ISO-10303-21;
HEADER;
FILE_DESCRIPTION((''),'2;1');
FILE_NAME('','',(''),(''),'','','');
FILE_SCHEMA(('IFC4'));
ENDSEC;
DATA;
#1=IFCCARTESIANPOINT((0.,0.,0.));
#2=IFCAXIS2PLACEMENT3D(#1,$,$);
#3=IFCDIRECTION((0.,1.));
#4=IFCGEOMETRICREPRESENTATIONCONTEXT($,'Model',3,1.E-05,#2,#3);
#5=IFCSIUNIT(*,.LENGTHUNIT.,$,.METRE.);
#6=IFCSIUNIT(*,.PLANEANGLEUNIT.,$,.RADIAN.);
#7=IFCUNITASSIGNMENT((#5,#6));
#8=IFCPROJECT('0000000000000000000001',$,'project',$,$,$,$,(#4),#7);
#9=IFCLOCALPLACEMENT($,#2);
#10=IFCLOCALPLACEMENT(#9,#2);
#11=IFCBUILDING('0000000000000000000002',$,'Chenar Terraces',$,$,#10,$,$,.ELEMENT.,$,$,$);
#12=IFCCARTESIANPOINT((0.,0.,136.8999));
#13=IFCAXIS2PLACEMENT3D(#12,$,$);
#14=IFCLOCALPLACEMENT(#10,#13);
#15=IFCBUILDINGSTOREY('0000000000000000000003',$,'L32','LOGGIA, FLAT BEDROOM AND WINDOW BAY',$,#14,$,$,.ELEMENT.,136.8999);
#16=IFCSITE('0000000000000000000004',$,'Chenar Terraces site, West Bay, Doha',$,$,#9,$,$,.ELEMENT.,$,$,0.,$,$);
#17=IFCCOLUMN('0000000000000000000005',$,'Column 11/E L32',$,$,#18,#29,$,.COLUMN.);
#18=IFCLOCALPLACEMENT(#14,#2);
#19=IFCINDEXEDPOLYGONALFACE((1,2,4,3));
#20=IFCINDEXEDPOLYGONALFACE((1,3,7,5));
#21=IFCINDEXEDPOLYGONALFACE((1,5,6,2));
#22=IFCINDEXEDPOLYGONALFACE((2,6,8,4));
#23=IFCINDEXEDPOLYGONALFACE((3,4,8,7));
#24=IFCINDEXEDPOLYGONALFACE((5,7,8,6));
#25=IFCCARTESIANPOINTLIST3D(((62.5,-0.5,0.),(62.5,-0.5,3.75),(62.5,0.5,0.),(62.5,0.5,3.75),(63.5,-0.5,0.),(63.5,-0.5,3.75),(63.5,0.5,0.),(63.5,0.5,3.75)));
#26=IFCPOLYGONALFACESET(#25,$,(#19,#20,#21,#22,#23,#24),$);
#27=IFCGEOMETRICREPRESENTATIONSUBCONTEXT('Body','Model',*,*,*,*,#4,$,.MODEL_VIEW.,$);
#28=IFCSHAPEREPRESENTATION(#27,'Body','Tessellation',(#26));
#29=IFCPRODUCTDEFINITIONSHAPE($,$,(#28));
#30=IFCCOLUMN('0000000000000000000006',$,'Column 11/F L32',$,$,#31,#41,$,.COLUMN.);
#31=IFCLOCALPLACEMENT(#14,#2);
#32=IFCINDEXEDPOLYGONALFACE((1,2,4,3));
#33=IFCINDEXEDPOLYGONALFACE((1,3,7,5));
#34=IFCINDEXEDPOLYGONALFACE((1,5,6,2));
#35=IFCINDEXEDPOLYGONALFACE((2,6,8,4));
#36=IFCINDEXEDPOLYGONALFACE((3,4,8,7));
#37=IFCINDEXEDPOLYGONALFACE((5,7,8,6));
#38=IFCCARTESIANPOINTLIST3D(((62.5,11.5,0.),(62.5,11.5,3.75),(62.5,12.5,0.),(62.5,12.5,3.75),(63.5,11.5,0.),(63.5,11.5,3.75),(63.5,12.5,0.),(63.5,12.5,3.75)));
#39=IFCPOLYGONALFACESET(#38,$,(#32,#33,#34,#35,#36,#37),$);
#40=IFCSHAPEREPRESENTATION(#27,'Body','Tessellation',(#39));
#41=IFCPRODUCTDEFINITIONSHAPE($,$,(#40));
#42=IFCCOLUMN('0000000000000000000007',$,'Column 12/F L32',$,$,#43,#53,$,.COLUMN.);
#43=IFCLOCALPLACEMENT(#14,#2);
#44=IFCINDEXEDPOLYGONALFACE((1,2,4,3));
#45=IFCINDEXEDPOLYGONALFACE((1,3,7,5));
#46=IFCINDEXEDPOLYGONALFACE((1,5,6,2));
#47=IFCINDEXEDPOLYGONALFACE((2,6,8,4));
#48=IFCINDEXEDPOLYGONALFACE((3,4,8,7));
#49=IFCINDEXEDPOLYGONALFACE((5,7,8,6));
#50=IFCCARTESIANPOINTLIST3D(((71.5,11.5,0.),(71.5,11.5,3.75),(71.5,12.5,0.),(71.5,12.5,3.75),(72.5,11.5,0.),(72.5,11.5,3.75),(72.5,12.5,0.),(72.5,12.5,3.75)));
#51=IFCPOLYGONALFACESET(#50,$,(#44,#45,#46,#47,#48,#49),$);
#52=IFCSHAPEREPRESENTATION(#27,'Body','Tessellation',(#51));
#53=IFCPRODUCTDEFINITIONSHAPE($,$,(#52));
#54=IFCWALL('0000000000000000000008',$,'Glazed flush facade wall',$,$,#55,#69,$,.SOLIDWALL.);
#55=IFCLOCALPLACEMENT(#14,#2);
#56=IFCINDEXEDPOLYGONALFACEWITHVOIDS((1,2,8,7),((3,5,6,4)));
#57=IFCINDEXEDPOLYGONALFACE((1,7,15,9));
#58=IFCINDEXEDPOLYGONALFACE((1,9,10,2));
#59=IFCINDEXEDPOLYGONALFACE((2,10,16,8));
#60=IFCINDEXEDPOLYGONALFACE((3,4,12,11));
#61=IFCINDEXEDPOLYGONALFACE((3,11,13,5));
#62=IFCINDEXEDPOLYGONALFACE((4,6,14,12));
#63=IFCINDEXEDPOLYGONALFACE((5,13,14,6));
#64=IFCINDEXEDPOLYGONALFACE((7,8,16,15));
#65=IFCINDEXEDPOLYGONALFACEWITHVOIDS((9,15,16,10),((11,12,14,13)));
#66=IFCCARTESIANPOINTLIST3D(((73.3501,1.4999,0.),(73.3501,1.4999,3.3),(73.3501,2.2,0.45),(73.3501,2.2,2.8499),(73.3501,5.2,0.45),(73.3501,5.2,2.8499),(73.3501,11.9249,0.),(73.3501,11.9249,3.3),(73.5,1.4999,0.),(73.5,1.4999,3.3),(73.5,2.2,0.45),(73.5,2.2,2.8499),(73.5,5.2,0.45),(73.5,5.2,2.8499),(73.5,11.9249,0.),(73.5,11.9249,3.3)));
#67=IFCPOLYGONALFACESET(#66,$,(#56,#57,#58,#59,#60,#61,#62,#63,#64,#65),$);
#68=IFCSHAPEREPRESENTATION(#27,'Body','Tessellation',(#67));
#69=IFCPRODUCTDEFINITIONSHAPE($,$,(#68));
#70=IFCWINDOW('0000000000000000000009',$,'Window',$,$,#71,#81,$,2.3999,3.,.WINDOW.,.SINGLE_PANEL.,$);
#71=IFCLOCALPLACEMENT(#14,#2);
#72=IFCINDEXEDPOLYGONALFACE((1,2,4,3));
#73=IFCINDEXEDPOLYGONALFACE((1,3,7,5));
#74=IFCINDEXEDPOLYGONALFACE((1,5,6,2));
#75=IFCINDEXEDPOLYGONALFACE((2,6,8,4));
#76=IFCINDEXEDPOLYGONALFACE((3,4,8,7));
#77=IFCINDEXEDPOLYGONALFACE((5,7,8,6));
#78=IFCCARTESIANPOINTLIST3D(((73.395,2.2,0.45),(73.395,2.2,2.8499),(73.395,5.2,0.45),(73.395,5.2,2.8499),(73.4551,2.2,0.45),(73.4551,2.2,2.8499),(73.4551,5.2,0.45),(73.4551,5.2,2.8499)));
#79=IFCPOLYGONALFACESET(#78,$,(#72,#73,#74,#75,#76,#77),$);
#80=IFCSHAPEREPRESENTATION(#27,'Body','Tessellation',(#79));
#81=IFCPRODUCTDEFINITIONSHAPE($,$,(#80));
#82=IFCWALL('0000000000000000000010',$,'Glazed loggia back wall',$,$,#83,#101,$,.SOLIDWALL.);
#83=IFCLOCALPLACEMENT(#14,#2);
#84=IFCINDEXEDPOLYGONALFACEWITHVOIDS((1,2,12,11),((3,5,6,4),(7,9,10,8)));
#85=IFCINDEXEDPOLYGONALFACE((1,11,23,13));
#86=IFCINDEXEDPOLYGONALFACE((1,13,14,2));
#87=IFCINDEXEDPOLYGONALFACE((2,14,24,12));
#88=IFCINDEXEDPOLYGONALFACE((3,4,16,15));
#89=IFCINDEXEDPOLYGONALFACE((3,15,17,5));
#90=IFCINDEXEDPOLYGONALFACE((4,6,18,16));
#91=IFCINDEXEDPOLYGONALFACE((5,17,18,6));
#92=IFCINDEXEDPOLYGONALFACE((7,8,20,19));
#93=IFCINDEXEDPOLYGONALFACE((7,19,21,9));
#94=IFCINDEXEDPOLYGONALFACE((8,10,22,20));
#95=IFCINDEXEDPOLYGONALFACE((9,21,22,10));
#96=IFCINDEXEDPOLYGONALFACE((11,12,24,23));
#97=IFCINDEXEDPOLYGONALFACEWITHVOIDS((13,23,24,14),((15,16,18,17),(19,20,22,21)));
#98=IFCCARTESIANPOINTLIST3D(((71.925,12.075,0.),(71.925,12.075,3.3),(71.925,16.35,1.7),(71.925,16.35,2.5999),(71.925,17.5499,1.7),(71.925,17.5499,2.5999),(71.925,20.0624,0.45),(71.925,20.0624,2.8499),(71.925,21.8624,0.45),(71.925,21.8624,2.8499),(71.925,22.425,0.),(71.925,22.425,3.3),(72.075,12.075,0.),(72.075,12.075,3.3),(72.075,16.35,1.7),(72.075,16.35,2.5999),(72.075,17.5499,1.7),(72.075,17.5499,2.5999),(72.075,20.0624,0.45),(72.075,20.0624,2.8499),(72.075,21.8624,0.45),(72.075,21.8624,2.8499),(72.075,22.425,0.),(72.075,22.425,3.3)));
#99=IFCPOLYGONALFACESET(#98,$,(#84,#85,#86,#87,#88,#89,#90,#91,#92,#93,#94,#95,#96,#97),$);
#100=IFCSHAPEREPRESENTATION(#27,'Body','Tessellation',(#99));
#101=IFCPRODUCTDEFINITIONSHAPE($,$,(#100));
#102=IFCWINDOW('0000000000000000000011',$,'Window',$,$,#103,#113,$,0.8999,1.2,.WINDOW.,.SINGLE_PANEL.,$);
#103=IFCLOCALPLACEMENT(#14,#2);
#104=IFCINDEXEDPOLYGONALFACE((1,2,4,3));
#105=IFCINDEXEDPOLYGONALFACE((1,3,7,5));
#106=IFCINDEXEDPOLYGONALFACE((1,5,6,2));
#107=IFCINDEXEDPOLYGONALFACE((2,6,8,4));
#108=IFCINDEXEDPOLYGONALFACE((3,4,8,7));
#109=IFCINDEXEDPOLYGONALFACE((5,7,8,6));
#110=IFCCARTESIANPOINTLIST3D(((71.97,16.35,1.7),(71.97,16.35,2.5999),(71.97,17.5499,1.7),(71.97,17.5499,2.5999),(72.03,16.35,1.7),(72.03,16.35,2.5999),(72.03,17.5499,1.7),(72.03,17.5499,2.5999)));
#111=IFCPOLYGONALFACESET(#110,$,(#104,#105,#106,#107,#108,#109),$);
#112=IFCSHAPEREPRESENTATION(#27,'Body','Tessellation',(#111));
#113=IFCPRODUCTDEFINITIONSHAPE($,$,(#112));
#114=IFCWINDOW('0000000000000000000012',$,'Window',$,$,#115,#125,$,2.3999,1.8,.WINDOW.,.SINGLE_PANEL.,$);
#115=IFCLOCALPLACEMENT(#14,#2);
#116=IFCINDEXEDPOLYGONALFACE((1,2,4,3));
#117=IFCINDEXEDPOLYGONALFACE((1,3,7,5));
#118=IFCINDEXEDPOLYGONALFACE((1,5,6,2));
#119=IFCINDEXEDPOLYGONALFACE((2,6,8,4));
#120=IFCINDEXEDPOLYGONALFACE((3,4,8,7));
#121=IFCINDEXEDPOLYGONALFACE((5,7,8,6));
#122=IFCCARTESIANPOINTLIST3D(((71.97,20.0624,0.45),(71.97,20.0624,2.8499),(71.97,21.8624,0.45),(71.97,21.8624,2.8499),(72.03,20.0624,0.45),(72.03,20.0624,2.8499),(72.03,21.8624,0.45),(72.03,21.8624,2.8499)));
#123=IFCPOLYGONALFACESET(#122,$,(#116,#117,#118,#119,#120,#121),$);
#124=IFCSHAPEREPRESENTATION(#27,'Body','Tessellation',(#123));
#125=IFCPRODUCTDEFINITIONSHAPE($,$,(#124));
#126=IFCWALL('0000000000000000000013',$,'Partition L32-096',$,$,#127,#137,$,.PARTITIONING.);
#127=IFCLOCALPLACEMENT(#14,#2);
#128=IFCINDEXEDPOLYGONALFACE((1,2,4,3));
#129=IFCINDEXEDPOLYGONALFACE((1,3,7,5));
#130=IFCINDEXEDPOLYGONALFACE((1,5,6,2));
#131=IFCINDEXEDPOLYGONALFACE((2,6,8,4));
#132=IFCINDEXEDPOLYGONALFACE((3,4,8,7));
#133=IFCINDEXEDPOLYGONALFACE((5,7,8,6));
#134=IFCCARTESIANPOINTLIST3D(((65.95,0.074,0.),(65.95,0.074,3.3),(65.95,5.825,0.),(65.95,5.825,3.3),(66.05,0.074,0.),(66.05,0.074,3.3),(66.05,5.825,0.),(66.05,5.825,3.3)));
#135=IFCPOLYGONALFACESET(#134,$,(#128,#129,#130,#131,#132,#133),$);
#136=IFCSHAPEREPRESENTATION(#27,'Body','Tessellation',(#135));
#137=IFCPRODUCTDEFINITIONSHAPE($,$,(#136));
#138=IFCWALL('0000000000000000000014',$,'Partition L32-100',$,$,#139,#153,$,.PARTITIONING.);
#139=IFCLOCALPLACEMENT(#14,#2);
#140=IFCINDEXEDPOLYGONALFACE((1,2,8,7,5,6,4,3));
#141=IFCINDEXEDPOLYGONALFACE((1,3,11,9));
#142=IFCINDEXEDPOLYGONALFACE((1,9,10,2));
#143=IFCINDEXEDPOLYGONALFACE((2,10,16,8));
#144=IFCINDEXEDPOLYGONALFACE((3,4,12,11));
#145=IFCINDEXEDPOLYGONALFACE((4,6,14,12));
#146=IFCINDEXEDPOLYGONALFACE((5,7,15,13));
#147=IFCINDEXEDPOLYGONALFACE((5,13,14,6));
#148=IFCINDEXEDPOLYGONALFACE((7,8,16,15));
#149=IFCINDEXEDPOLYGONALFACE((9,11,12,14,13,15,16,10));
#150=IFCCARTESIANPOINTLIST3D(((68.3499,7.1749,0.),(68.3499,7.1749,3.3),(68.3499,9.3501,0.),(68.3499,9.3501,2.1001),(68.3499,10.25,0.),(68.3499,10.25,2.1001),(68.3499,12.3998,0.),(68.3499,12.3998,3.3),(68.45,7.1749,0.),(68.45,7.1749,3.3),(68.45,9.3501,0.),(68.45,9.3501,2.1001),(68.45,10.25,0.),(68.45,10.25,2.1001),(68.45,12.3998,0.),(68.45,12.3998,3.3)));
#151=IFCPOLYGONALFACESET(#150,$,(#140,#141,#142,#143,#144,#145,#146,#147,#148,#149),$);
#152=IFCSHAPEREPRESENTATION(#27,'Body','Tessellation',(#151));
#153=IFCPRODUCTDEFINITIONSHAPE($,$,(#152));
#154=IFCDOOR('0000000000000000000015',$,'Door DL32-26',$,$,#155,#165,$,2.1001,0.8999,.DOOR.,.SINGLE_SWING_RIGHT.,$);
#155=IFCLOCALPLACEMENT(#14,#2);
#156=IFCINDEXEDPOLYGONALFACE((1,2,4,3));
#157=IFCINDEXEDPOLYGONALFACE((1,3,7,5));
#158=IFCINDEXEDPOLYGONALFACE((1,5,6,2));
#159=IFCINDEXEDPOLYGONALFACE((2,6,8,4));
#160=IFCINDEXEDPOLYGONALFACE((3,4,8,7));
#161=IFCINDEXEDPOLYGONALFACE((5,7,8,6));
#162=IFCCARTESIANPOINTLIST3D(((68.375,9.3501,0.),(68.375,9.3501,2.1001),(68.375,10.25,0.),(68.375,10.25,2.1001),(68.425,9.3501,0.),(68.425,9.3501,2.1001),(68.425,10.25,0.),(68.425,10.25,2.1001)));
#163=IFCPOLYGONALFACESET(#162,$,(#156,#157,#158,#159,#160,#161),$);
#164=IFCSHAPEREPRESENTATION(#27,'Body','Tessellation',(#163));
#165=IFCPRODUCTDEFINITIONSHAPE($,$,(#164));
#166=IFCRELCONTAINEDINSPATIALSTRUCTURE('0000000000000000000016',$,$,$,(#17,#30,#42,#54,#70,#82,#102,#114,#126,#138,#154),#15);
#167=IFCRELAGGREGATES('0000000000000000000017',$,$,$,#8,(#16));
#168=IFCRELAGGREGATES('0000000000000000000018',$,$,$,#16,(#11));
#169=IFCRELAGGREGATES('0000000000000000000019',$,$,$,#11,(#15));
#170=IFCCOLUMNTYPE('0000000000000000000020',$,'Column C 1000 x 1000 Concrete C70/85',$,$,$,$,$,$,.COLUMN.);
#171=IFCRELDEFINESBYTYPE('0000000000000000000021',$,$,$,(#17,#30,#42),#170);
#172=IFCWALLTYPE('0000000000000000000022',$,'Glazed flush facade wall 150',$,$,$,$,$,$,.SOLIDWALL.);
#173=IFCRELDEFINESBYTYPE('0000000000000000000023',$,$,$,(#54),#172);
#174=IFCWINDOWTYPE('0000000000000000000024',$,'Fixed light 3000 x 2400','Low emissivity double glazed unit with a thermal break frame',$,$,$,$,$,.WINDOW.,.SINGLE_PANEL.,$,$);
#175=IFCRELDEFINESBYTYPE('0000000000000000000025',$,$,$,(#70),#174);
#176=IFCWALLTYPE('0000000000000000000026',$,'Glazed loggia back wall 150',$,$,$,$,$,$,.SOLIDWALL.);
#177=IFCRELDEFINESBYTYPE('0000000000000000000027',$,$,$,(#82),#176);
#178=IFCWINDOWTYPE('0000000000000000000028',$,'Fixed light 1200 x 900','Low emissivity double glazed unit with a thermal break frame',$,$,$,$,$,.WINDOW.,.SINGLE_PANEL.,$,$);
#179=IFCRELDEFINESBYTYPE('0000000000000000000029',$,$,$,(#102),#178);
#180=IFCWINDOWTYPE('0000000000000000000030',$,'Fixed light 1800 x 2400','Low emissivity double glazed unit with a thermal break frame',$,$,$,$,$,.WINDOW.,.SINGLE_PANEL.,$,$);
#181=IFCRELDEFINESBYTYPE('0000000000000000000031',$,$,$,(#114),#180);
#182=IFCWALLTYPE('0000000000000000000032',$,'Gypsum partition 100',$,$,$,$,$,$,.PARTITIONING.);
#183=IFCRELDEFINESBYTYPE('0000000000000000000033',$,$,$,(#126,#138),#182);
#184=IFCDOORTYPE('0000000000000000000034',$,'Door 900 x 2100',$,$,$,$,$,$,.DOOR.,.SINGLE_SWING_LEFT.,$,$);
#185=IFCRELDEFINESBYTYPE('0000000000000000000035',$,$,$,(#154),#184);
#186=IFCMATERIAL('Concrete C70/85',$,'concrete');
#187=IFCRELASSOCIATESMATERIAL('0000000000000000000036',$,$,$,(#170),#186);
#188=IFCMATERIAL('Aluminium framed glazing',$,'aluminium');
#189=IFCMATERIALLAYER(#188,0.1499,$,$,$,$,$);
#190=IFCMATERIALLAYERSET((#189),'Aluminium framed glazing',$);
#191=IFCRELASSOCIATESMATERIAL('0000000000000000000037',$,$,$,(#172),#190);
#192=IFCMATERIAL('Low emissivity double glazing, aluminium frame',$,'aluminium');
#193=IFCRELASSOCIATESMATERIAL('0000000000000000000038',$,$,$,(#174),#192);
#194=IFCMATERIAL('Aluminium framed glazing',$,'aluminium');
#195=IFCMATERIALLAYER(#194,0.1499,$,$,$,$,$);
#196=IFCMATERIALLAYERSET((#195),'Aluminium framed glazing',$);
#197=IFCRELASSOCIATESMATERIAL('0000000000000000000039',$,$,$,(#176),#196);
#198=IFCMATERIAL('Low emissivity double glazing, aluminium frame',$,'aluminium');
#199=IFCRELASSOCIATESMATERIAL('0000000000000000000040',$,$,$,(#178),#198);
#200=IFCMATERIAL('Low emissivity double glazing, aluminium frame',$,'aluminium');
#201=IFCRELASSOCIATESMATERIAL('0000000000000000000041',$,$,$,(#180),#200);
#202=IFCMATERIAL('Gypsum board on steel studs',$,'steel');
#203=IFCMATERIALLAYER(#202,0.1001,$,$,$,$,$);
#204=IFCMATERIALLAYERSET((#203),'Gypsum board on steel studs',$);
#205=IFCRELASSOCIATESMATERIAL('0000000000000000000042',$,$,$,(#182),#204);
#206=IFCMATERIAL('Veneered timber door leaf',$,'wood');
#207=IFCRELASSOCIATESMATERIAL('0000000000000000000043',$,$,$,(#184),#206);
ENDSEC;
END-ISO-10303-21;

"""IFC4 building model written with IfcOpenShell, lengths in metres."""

from ifc_helpers import new_model, si_unit, direction, frame, frame_2d, origin, origin_2d, place, context, subcontext, project, spatial, rectangle, extrude, material, layer, layer_set, material_profile, profile_set, type_object, element, fill, save


model = new_model("IFC4")

# Units and contexts
model_context = context("Model", 3, precision=1e-05, world=origin(), true_north=direction((0.0, 1.0)))
body_context = subcontext(model_context, "Body", "Model", "MODEL_VIEW")
ifc_project = project(units=[si_unit("LENGTHUNIT", "METRE"), si_unit("PLANEANGLEUNIT", "RADIAN")], contexts=[model_context])

# Site, building, storey
site_placement = place(None, origin())
site = spatial("IfcSite", under=ifc_project, at=site_placement, Name="Chenar Terraces site, West Bay, Doha", CompositionType="ELEMENT", RefElevation=0.0)
building_placement = place(site_placement, origin())
building = spatial("IfcBuilding", under=site, at=building_placement, Name="Chenar Terraces", CompositionType="ELEMENT")
storey_placement = place(building_placement, frame((0.0, 0.0, 136.8999)))
storey = spatial("IfcBuildingStorey", under=building, at=storey_placement, Name="L32", Description="LOGGIA, FLAT BEDROOM AND WINDOW BAY", CompositionType="ELEMENT", Elevation=136.8999)

# Columns
ifc_material_1 = material(Name="Concrete C70/85", Category="concrete")
ifc_material_profile = material_profile(ifc_material_1, rectangle(XDim=1.0, YDim=1.0, at=origin_2d()), Name="C 1000 x 1000")
ifc_profile_set = profile_set([ifc_material_profile], Name="Concrete C70/85")
column_type = type_object("IfcColumnType", Name="Column C 1000 x 1000 Concrete C70/85", PredefinedType="COLUMN", material=ifc_profile_set)
for number, where, z_axis, x_axis, name in (
    (1, (63.0, 0.0, 0.0), (0.0, 0.0, 1.0), (1.0, 0.0, 0.0), "Column 11/E L32"),
    (2, (63.0, 12.0, 0.0), (0.0, 0.0, 1.0), (1.0, 0.0, 0.0), "Column 11/F L32"),
    (3, (72.0, 12.0, 0.0), (0.0, 0.0, 1.0), (1.0, 0.0, 0.0), "Column 12/F L32"),
):
    element("IfcColumn", number, at=place(storey_placement, frame(where, z_axis=z_axis, x_axis=x_axis)), inside=storey, type_object=column_type, Name=name, PredefinedType="COLUMN", context=body_context, shape_type="SweptSolid", body=[
        extrude(rectangle(XDim=1.0, YDim=1.0, at=origin_2d()), origin(), (0.0, 0.0, 1.0), 3.75),
    ])

# Wall, opening, window
ifc_material_2 = material(Name="Aluminium framed glazing", Category="aluminium")
ifc_layer_1 = layer(ifc_material_2, 0.1499)
ifc_layer_set_1 = layer_set([ifc_layer_1], Name="Aluminium framed glazing")
wall_type_1 = type_object("IfcWallType", Name="Glazed flush facade wall 150", PredefinedType="SOLIDWALL", material=ifc_layer_set_1)
wall_1_placement = place(storey_placement, frame((73.425, 1.5, 0.0), z_axis=(0.0, 0.0, 1.0), x_axis=(0.0, 1.0, 0.0)))
wall_1 = element("IfcWall", 4, at=wall_1_placement, inside=storey, type_object=wall_type_1, Name="Glazed flush facade wall", PredefinedType="SOLIDWALL", context=body_context, shape_type="SweptSolid", body=[
    extrude(rectangle(XDim=10.425, YDim=0.1499, at=frame_2d((5.2124, 0.0))), origin(), (0.0, 0.0, 1.0), 3.3),
])
opening_1_placement = place(wall_1_placement, frame((0.7, 0.0, 0.45)))
opening_1 = element("IfcOpeningElement", 5, at=opening_1_placement, cuts=wall_1, PredefinedType="OPENING", context=body_context, shape_type="SweptSolid", body=[
    extrude(rectangle(XDim=3.0, YDim=2.3999, at=frame_2d((1.5, 1.2))), frame((0.0, 0.085, 0.0), z_axis=(0.0, -1.0, 0.0), x_axis=(1.0, 0.0, 0.0)), (0.0, 0.0, 1.0), 0.1699),
])
ifc_material_3 = material(Name="Low emissivity double glazing, aluminium frame", Category="aluminium")
window_type_1 = type_object("IfcWindowType", Name="Fixed light 3000 x 2400", Description="Low emissivity double glazed unit with a thermal break frame", PartitioningType="SINGLE_PANEL", PredefinedType="WINDOW", material=ifc_material_3)
window_1_placement = place(opening_1_placement, origin())
window_1 = element("IfcWindow", 6, at=window_1_placement, inside=storey, type_object=window_type_1, Name="Window", OverallHeight=2.3999, OverallWidth=3.0, PartitioningType="SINGLE_PANEL", PredefinedType="WINDOW", context=body_context, shape_type="SweptSolid", body=[
    extrude(rectangle(XDim=3.0, YDim=2.3999, at=frame_2d((1.5, 1.2))), frame((0.0, 0.03, 0.0), z_axis=(0.0, -1.0, 0.0), x_axis=(1.0, 0.0, 0.0)), (0.0, 0.0, 1.0), 0.0601),
])
fill(opening_1, window_1)

# Wall, openings, windows
ifc_material_4 = material(Name="Aluminium framed glazing", Category="aluminium")
ifc_layer_2 = layer(ifc_material_4, 0.1499)
ifc_layer_set_2 = layer_set([ifc_layer_2], Name="Aluminium framed glazing")
wall_type_2 = type_object("IfcWallType", Name="Glazed loggia back wall 150", PredefinedType="SOLIDWALL", material=ifc_layer_set_2)
wall_2_placement = place(storey_placement, frame((72.0, 12.075, 0.0), z_axis=(0.0, 0.0, 1.0), x_axis=(0.0, 1.0, 0.0)))
wall_2 = element("IfcWall", 7, at=wall_2_placement, inside=storey, type_object=wall_type_2, Name="Glazed loggia back wall", PredefinedType="SOLIDWALL", context=body_context, shape_type="SweptSolid", body=[
    extrude(rectangle(XDim=10.3501, YDim=0.1499, at=frame_2d((5.175, 0.0))), origin(), (0.0, 0.0, 1.0), 3.3),
])
opening_2_placement = place(wall_2_placement, frame((4.2749, 0.0, 1.7)))
opening_2 = element("IfcOpeningElement", 8, at=opening_2_placement, cuts=wall_2, PredefinedType="OPENING", context=body_context, shape_type="SweptSolid", body=[
    extrude(rectangle(XDim=1.2, YDim=0.8999, at=frame_2d((0.6001, 0.45))), frame((0.0, 0.085, 0.0), z_axis=(0.0, -1.0, 0.0), x_axis=(1.0, 0.0, 0.0)), (0.0, 0.0, 1.0), 0.1699),
])
opening_3_placement = place(wall_2_placement, frame((7.9875, 0.0, 0.45)))
opening_3 = element("IfcOpeningElement", 9, at=opening_3_placement, cuts=wall_2, PredefinedType="OPENING", context=body_context, shape_type="SweptSolid", body=[
    extrude(rectangle(XDim=1.8, YDim=2.3999, at=frame_2d((0.8999, 1.2))), frame((0.0, 0.085, 0.0), z_axis=(0.0, -1.0, 0.0), x_axis=(1.0, 0.0, 0.0)), (0.0, 0.0, 1.0), 0.1699),
])
ifc_material_5 = material(Name="Low emissivity double glazing, aluminium frame", Category="aluminium")
window_type_2 = type_object("IfcWindowType", Name="Fixed light 1200 x 900", Description="Low emissivity double glazed unit with a thermal break frame", PartitioningType="SINGLE_PANEL", PredefinedType="WINDOW", material=ifc_material_5)
window_2_placement = place(opening_2_placement, origin())
window_2 = element("IfcWindow", 10, at=window_2_placement, inside=storey, type_object=window_type_2, Name="Window", OverallHeight=0.8999, OverallWidth=1.2, PartitioningType="SINGLE_PANEL", PredefinedType="WINDOW", context=body_context, shape_type="SweptSolid", body=[
    extrude(rectangle(XDim=1.2, YDim=0.8999, at=frame_2d((0.6001, 0.45))), frame((0.0, 0.03, 0.0), z_axis=(0.0, -1.0, 0.0), x_axis=(1.0, 0.0, 0.0)), (0.0, 0.0, 1.0), 0.0601),
])
fill(opening_2, window_2)
ifc_material_6 = material(Name="Low emissivity double glazing, aluminium frame", Category="aluminium")
window_type_3 = type_object("IfcWindowType", Name="Fixed light 1800 x 2400", Description="Low emissivity double glazed unit with a thermal break frame", PartitioningType="SINGLE_PANEL", PredefinedType="WINDOW", material=ifc_material_6)
window_3_placement = place(opening_3_placement, origin())
window_3 = element("IfcWindow", 11, at=window_3_placement, inside=storey, type_object=window_type_3, Name="Window", OverallHeight=2.3999, OverallWidth=1.8, PartitioningType="SINGLE_PANEL", PredefinedType="WINDOW", context=body_context, shape_type="SweptSolid", body=[
    extrude(rectangle(XDim=1.8, YDim=2.3999, at=frame_2d((0.8999, 1.2))), frame((0.0, 0.03, 0.0), z_axis=(0.0, -1.0, 0.0), x_axis=(1.0, 0.0, 0.0)), (0.0, 0.0, 1.0), 0.0601),
])
fill(opening_3, window_3)

# Wall
ifc_material_7 = material(Name="Gypsum board on steel studs", Category="steel")
ifc_layer_3 = layer(ifc_material_7, 0.1001)
ifc_layer_set_3 = layer_set([ifc_layer_3], Name="Gypsum board on steel studs")
wall_type_3 = type_object("IfcWallType", Name="Gypsum partition 100", PredefinedType="PARTITIONING", material=ifc_layer_set_3)
wall_3_placement = place(storey_placement, frame((66.0, 0.074, 0.0), z_axis=(0.0, 0.0, 1.0), x_axis=(0.0, 1.0, 0.0)))
element("IfcWall", 12, at=wall_3_placement, inside=storey, type_object=wall_type_3, Name="Partition L32-096", PredefinedType="PARTITIONING", context=body_context, shape_type="SweptSolid", body=[
    extrude(rectangle(XDim=5.751, YDim=0.1001, at=frame_2d((2.8755, 0.0))), origin(), (0.0, 0.0, 1.0), 3.3),
])

# Wall, opening, door
wall_4_placement = place(storey_placement, frame((68.3999, 7.175, 0.0), z_axis=(0.0, 0.0, 1.0), x_axis=(0.0, 1.0, 0.0)))
wall_4 = element("IfcWall", 13, at=wall_4_placement, inside=storey, type_object=wall_type_3, Name="Partition L32-100", PredefinedType="PARTITIONING", context=body_context, shape_type="SweptSolid", body=[
    extrude(rectangle(XDim=5.2249, YDim=0.1001, at=frame_2d((2.6123, 0.0))), origin(), (0.0, 0.0, 1.0), 3.3),
])
opening_4_placement = place(wall_4_placement, frame((2.175, 0.0, 0.0)))
opening_4 = element("IfcOpeningElement", 14, at=opening_4_placement, cuts=wall_4, PredefinedType="OPENING", context=body_context, shape_type="SweptSolid", body=[
    extrude(rectangle(XDim=0.8999, YDim=2.1001, at=frame_2d((0.45, 1.05))), frame((0.0, 0.0601, 0.0), z_axis=(0.0, -1.0, 0.0), x_axis=(1.0, 0.0, 0.0)), (0.0, 0.0, 1.0), 0.1201),
])
ifc_material_8 = material(Name="Veneered timber door leaf", Category="wood")
door_type_1 = type_object("IfcDoorType", Name="Door 900 x 2100", OperationType="SINGLE_SWING_LEFT", PredefinedType="DOOR", material=ifc_material_8)
door_1_placement = place(opening_4_placement, origin())
door_1 = element("IfcDoor", 15, at=door_1_placement, inside=storey, type_object=door_type_1, Name="Door DL32-26", OperationType="SINGLE_SWING_RIGHT", OverallHeight=2.1001, OverallWidth=0.8999, PredefinedType="DOOR", context=body_context, shape_type="SweptSolid", body=[
    extrude(rectangle(XDim=0.8999, YDim=2.1001, at=frame_2d((0.45, 1.05))), frame((0.0, 0.0249, 0.0), z_axis=(0.0, -1.0, 0.0), x_axis=(1.0, 0.0, 0.0)), (0.0, 0.0, 1.0), 0.05),
])
fill(opening_4, door_1)

save(model, "model.ifc")
